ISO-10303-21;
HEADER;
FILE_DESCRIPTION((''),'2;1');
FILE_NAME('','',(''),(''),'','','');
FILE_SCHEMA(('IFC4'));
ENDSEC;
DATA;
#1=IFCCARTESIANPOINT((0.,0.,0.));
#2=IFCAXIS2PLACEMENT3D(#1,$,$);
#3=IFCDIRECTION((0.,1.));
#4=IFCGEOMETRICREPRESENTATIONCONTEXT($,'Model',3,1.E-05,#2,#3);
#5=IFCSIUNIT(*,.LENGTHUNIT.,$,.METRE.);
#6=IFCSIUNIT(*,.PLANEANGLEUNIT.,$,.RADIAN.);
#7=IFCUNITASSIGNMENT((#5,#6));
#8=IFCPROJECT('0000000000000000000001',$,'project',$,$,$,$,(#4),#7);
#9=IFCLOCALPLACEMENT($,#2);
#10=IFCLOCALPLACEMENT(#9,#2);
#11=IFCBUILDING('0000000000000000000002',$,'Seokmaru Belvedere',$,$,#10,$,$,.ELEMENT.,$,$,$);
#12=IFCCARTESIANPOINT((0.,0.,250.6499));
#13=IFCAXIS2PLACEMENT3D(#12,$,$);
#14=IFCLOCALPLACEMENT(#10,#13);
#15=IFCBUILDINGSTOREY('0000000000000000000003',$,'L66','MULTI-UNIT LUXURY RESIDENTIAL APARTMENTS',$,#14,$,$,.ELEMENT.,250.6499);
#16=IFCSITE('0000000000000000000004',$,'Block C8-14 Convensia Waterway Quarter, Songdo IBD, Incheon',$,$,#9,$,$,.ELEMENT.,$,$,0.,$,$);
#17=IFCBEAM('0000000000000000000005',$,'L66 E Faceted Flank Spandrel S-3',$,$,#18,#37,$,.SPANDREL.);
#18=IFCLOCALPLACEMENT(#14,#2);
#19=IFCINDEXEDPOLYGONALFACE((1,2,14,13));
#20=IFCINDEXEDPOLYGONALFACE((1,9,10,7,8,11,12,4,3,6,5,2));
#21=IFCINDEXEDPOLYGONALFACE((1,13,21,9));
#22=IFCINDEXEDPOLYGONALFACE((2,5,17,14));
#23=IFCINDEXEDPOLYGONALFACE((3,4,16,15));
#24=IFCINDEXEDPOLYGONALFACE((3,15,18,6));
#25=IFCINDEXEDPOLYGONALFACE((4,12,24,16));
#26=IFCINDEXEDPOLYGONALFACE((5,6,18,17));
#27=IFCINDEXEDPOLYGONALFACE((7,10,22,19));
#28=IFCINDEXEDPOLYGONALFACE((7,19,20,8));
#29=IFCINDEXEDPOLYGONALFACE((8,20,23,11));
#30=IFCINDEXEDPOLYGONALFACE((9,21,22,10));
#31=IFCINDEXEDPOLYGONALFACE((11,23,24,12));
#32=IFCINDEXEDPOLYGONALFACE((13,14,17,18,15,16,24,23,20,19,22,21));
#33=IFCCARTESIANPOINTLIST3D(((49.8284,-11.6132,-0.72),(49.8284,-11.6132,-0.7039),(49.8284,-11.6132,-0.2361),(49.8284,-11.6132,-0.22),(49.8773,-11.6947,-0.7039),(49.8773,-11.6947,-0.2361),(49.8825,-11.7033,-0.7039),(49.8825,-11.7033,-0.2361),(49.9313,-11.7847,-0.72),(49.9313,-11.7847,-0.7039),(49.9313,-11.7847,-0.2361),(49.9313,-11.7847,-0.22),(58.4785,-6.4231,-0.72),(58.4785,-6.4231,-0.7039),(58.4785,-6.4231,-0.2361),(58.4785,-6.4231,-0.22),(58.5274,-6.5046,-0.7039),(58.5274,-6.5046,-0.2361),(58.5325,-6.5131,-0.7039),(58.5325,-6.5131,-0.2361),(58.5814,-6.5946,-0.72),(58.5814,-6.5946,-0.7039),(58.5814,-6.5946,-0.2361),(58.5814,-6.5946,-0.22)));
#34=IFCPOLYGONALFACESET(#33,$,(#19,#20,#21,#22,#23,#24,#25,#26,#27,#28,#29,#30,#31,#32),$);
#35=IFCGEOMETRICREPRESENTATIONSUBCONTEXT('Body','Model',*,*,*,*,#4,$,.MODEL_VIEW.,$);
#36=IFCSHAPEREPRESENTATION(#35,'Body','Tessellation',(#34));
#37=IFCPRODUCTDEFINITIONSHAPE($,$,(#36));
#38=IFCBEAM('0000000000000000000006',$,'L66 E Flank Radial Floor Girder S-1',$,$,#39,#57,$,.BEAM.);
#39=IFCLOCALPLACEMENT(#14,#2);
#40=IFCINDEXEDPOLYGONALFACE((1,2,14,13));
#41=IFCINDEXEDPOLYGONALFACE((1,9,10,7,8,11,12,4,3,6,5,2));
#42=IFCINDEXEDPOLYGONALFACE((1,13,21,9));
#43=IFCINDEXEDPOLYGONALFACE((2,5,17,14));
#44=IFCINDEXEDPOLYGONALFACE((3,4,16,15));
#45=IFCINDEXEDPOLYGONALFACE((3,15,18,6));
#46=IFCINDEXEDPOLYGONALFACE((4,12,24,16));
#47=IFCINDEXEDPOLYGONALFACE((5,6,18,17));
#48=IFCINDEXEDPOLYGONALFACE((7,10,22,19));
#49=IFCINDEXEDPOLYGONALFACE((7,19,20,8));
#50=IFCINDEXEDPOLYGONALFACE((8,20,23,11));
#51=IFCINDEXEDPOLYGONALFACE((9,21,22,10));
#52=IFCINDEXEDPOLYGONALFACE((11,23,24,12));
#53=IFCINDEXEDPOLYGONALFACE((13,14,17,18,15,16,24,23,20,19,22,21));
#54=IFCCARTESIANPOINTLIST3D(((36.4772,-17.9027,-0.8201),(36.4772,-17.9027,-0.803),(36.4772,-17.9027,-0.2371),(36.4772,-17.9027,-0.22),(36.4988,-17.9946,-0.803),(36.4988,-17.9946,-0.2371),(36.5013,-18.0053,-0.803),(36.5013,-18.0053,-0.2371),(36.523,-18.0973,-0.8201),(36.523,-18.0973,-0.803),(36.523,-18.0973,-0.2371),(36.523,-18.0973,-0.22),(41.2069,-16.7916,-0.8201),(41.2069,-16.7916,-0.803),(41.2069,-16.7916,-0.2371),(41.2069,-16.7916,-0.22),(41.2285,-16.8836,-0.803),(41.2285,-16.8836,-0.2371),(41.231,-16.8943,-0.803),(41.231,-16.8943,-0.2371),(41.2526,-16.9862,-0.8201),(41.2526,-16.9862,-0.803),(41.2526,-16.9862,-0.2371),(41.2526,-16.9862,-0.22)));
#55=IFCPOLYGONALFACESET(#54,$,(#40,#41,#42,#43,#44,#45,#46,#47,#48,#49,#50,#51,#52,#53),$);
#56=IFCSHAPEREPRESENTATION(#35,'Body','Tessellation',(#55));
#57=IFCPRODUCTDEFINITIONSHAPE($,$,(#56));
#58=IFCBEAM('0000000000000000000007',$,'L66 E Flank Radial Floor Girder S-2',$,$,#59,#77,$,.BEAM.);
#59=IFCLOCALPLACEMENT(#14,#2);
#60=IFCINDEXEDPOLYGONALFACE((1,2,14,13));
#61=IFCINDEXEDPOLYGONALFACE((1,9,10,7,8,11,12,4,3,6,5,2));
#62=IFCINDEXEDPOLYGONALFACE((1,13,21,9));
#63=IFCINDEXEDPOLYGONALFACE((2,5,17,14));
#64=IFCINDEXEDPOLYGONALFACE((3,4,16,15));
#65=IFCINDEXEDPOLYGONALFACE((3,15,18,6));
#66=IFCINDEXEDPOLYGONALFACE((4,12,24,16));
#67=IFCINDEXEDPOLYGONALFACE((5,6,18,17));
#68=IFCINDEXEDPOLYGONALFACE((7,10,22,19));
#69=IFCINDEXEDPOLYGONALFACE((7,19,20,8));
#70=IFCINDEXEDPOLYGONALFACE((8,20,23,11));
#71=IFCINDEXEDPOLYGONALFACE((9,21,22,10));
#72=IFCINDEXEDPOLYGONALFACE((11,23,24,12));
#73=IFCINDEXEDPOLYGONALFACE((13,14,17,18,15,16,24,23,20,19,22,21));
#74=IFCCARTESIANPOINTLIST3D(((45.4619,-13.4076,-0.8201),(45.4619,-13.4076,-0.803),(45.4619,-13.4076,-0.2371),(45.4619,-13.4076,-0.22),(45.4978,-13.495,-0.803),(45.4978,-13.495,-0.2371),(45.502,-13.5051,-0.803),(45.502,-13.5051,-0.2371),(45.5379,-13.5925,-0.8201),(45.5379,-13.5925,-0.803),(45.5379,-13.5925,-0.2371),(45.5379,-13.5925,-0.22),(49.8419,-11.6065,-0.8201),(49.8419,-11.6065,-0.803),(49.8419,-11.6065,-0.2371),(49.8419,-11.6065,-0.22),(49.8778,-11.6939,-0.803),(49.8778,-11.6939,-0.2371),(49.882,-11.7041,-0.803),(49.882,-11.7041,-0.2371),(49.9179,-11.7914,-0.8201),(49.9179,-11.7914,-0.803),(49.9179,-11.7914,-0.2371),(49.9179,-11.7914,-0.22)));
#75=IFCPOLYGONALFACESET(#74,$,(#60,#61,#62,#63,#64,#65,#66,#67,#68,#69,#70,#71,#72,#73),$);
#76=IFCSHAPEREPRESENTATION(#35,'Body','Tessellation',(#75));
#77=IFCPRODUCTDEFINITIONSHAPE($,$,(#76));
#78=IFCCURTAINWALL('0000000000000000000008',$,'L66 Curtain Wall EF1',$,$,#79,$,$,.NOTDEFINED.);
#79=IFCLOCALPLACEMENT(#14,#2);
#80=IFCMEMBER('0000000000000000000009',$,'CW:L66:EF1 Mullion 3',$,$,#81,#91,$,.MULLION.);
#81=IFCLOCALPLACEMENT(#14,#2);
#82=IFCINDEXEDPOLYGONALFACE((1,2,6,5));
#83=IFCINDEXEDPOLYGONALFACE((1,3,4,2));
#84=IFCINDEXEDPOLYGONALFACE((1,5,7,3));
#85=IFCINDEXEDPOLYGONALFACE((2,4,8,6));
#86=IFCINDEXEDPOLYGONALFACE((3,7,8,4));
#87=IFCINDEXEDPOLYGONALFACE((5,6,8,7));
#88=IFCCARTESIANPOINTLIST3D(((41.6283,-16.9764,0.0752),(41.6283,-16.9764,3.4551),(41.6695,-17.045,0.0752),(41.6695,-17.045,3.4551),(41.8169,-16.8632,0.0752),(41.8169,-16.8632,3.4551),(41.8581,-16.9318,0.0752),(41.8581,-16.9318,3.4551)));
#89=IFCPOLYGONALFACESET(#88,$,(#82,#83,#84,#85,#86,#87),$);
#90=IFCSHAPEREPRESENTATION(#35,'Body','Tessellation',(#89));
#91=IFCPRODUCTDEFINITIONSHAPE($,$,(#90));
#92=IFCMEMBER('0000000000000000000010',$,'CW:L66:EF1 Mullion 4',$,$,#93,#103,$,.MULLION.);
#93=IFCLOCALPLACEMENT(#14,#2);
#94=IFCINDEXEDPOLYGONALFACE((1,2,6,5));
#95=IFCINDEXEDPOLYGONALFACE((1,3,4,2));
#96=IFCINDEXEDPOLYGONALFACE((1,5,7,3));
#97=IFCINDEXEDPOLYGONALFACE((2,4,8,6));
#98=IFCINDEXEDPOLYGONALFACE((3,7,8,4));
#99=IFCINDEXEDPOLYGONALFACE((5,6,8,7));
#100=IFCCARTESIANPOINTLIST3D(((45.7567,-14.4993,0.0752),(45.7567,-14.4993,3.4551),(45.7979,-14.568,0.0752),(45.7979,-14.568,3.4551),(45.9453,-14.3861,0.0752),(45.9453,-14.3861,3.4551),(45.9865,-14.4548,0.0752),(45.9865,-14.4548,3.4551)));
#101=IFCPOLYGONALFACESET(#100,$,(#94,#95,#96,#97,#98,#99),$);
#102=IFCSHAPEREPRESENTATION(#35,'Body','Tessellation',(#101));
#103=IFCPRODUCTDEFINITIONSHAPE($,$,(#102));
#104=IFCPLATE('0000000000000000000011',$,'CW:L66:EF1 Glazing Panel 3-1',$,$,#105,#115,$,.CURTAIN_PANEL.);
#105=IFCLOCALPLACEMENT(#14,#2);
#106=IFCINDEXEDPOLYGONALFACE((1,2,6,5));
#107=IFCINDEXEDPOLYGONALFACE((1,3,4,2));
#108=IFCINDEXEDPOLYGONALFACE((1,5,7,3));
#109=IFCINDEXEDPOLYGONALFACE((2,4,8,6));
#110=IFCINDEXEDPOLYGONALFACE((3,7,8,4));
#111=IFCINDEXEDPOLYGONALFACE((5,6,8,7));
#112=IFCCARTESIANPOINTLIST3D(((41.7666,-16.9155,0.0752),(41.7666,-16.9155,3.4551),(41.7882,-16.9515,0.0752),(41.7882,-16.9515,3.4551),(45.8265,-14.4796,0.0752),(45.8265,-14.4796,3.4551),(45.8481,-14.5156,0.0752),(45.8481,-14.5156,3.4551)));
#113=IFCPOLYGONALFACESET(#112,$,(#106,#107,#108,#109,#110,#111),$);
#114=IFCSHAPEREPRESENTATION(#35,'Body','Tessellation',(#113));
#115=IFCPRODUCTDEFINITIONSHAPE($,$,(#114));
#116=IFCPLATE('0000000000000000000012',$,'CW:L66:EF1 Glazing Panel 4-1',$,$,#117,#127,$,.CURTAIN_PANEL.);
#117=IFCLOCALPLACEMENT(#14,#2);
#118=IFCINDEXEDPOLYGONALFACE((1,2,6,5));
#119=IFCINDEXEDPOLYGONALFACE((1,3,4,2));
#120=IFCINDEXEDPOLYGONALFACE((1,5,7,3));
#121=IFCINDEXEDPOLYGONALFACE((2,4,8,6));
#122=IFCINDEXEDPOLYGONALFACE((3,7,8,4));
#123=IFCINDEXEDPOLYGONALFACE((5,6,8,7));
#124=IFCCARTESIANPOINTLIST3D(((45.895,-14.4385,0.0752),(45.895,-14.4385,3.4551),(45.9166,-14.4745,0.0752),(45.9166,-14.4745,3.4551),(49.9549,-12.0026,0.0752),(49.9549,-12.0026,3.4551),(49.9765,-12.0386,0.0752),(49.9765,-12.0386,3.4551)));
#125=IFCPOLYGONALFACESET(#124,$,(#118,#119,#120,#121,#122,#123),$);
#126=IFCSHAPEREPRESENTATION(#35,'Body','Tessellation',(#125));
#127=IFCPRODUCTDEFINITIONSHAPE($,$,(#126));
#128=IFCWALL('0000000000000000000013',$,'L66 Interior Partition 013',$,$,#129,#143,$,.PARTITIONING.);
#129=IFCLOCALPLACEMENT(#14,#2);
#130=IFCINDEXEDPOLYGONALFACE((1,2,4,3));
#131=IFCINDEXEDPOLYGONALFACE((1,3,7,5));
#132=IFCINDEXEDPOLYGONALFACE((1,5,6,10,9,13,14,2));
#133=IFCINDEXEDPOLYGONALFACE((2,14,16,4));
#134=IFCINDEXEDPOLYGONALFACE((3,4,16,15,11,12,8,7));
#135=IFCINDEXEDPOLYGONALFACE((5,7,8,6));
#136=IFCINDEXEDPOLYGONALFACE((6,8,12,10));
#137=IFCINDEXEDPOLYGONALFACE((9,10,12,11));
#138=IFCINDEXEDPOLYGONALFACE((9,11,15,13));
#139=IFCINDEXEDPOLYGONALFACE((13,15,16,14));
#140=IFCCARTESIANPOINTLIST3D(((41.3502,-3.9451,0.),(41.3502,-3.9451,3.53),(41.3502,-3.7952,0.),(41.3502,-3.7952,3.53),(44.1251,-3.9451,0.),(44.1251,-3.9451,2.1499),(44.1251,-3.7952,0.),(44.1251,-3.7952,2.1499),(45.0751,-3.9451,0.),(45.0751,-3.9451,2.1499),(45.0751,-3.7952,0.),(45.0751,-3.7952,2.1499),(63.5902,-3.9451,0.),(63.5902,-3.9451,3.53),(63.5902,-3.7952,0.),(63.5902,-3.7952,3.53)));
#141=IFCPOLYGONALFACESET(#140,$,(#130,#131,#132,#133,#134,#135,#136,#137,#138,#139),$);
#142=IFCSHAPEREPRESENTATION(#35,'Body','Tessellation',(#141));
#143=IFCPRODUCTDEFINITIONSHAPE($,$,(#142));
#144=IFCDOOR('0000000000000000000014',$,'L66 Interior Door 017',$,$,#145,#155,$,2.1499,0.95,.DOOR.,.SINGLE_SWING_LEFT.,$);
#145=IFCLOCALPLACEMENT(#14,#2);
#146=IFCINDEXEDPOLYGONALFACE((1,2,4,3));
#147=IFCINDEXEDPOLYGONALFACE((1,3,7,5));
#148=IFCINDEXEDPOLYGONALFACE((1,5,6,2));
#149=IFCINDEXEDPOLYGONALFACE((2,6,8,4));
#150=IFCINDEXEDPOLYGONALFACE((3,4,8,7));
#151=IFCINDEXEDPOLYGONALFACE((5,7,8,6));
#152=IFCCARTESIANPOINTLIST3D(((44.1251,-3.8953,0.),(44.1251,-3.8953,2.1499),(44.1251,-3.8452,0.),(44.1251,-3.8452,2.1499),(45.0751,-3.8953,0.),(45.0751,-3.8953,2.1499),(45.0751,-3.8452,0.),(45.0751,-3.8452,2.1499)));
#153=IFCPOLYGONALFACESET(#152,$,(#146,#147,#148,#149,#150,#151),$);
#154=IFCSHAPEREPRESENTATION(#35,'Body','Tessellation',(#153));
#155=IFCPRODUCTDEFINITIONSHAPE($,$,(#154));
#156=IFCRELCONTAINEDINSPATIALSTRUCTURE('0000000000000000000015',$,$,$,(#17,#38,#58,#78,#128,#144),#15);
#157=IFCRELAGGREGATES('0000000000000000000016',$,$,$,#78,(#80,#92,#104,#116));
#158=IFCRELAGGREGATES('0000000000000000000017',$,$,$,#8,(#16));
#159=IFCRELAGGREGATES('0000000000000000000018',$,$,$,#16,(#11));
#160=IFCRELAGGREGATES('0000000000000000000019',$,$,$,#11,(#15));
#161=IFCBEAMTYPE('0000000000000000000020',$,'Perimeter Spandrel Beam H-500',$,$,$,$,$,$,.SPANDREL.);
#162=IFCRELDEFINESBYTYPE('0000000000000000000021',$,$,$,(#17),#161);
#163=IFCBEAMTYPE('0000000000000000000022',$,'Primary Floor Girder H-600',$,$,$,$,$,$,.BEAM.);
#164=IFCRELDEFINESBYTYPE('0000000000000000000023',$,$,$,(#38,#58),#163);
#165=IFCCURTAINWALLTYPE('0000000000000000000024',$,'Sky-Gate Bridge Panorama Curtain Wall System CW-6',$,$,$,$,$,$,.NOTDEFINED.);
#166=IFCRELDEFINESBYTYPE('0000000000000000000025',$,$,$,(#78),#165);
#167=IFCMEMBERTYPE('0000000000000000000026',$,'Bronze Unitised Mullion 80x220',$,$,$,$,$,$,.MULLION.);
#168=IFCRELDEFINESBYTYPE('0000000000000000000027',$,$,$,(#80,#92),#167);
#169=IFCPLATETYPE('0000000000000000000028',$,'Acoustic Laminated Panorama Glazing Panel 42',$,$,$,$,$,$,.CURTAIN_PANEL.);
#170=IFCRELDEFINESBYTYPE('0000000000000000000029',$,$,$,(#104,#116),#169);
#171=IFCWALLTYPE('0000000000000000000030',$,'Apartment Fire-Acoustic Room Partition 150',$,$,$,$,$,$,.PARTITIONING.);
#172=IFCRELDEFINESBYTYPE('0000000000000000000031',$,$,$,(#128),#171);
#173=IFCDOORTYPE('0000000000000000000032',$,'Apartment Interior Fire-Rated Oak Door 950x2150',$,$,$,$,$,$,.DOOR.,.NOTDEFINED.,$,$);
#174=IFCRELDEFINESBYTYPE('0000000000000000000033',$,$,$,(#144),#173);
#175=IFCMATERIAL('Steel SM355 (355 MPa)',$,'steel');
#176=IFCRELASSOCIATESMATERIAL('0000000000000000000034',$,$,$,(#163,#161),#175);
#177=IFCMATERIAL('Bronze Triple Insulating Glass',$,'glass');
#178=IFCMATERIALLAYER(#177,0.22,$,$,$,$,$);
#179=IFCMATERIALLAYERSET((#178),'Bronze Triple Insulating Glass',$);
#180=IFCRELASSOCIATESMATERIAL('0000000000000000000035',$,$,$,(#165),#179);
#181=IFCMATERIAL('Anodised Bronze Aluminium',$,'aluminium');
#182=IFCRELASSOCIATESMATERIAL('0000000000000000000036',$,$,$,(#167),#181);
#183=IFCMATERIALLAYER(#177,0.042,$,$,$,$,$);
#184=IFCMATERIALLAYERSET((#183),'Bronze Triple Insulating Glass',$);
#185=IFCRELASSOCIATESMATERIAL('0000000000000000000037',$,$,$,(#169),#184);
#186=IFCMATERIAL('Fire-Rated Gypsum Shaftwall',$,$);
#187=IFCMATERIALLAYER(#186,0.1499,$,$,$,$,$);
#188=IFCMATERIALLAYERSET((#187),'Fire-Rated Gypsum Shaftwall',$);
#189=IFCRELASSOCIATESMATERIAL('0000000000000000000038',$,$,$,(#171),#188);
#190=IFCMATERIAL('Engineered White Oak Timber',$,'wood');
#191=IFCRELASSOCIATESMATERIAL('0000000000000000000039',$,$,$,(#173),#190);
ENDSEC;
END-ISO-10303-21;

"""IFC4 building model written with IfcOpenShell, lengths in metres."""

from ifc_helpers import new_model, si_unit, direction, frame, frame_2d, origin, origin_2d, place, context, subcontext, project, spatial, rectangle, i_section, extrude, source, transform, mapped, material, layer, layer_set, material_profile, profile_set, type_object, type_shapes, element, fill, aggregate, save


model = new_model("IFC4")

# Units and contexts
model_context = context("Model", 3, precision=1e-05, world=origin(), true_north=direction((0.0, 1.0)))
body_context = subcontext(model_context, "Body", "Model", "MODEL_VIEW")
ifc_project = project(units=[si_unit("LENGTHUNIT", "METRE"), si_unit("PLANEANGLEUNIT", "RADIAN")], contexts=[model_context])

# Site, building, storey
site_placement = place(None, origin())
site = spatial("IfcSite", under=ifc_project, at=site_placement, Name="Block C8-14 Convensia Waterway Quarter, Songdo IBD, Incheon", CompositionType="ELEMENT", RefElevation=0.0)
building_placement = place(site_placement, origin())
building = spatial("IfcBuilding", under=site, at=building_placement, Name="Seokmaru Belvedere", CompositionType="ELEMENT")
storey_placement = place(building_placement, frame((0.0, 0.0, 250.6499)))
storey = spatial("IfcBuildingStorey", under=building, at=storey_placement, Name="L66", Description="MULTI-UNIT LUXURY RESIDENTIAL APARTMENTS", CompositionType="ELEMENT", Elevation=250.6499)

# Shared definitions
ifc_material_1 = material(Name="Steel SM355 (355 MPa)", Category="steel")

# Beams
ifc_material_profile_1 = material_profile(ifc_material_1, i_section(OverallWidth=0.2, OverallDepth=0.6001, WebThickness=0.011, FlangeThickness=0.0171, at=origin_2d()), Name="H-600x200x11x17")
ifc_profile_set_1 = profile_set([ifc_material_profile_1], Name="Steel SM355 (355 MPa)")
beam_type_1 = type_object("IfcBeamType", Name="Primary Floor Girder H-600", PredefinedType="BEAM", material=ifc_profile_set_1)
ifc_material_profile_2 = material_profile(ifc_material_1, i_section(OverallWidth=0.2, OverallDepth=0.5, WebThickness=0.01, FlangeThickness=0.0161, at=origin_2d()), Name="H-500x200x10x16")
ifc_profile_set_2 = profile_set([ifc_material_profile_2], Name="Steel SM355 (355 MPa)")
beam_type_2 = type_object("IfcBeamType", Name="Perimeter Spandrel Beam H-500", PredefinedType="SPANDREL", material=ifc_profile_set_2)
shared_shape_1 = source(origin(), body_context, "Body", "SweptSolid", [
    extrude(i_section(OverallWidth=0.2, OverallDepth=0.5, WebThickness=0.01, FlangeThickness=0.0161, at=origin_2d()), origin(), (0.0, 0.0, 1.0), 10.0876),
])
type_shapes(beam_type_2, [shared_shape_1])
for number, where, z_axis, x_axis, name in (
    (1, (49.8799, -11.699, -0.47), (0.857489, 0.514503, 0.0), (-0.514503, 0.857489, 0.0), "L66 E Faceted Flank Spandrel S-3"),
):
    element("IfcBeam", number, at=place(storey_placement, frame(where, z_axis=z_axis, x_axis=x_axis)), inside=storey, type_object=beam_type_2, Name=name, PredefinedType="SPANDREL", context=body_context, shape_type="MappedRepresentation", body=[
        mapped(shared_shape_1, transform((0.0, 0.0, 0.0), scale=1.0)),
    ])
shared_shape_2 = source(origin(), body_context, "Body", "SweptSolid", [
    extrude(i_section(OverallWidth=0.2, OverallDepth=0.6001, WebThickness=0.011, FlangeThickness=0.0171, at=origin_2d()), origin(), (0.0, 0.0, 1.0), 4.8584),
])
beam_1_placement = place(storey_placement, frame((41.2297, -16.8889, -0.52), z_axis=(-0.973499, -0.228689, 0.0), x_axis=(0.228689, -0.973499, 0.0)))
element("IfcBeam", 2, at=beam_1_placement, inside=storey, type_object=beam_type_1, Name="L66 E Flank Radial Floor Girder S-1", PredefinedType="BEAM", context=body_context, shape_type="MappedRepresentation", body=[
    mapped(shared_shape_2, transform((0.0, 0.0, 0.0), scale=1.0)),
])
shared_shape_3 = source(origin(), body_context, "Body", "SweptSolid", [
    extrude(i_section(OverallWidth=0.2, OverallDepth=0.6001, WebThickness=0.011, FlangeThickness=0.0171, at=origin_2d()), origin(), (0.0, 0.0, 1.0), 4.7358),
])
beam_2_placement = place(storey_placement, frame((49.8799, -11.699, -0.52), z_axis=(-0.924861, -0.380306, 0.0), x_axis=(0.380306, -0.924861, 0.0)))
element("IfcBeam", 3, at=beam_2_placement, inside=storey, type_object=beam_type_1, Name="L66 E Flank Radial Floor Girder S-2", PredefinedType="BEAM", context=body_context, shape_type="MappedRepresentation", body=[
    mapped(shared_shape_3, transform((0.0, 0.0, 0.0), scale=1.0)),
])

# Curtain wall, members, plates
ifc_material_2 = material(Name="Bronze Triple Insulating Glass", Category="glass")
ifc_layer_1 = layer(ifc_material_2, 0.22)
ifc_layer_set_1 = layer_set([ifc_layer_1], Name="Bronze Triple Insulating Glass")
curtain_wall_type = type_object("IfcCurtainWallType", Name="Sky-Gate Bridge Panorama Curtain Wall System CW-6", PredefinedType="NOTDEFINED", material=ifc_layer_set_1)
curtain_wall_placement = place(storey_placement, origin())
curtain_wall = element("IfcCurtainWall", 4, at=curtain_wall_placement, inside=storey, type_object=curtain_wall_type, Name="L66 Curtain Wall EF1", PredefinedType="NOTDEFINED")
ifc_material_3 = material(Name="Anodised Bronze Aluminium", Category="aluminium")
ifc_material_profile_3 = material_profile(ifc_material_3, rectangle(XDim=0.0801, YDim=0.22, at=origin_2d()), Name="CW-M-80x220")
ifc_profile_set_3 = profile_set([ifc_material_profile_3], Name="Anodised Bronze Aluminium")
member_type = type_object("IfcMemberType", Name="Bronze Unitised Mullion 80x220", PredefinedType="MULLION", material=ifc_profile_set_3)
shared_shape_4 = source(origin(), body_context, "Body", "SweptSolid", [
    extrude(rectangle(XDim=0.0801, YDim=0.22, at=origin_2d()), origin(), (0.0, 0.0, 1.0), 3.3799),
])
type_shapes(member_type, [shared_shape_4])
member_1_placement = place(storey_placement, frame((41.7432, -16.9541, 0.0752), z_axis=(0.0, 0.0, 1.0), x_axis=(-0.514495, 0.857493, 0.0)))
member_1 = element("IfcMember", 5, at=member_1_placement, type_object=member_type, Name="CW:L66:EF1 Mullion 3", PredefinedType="MULLION", context=body_context, shape_type="MappedRepresentation", body=[
    mapped(shared_shape_4, transform((0.0, 0.0, 0.0), scale=1.0)),
])
member_2_placement = place(storey_placement, frame((45.8716, -14.4771, 0.0752), z_axis=(0.0, 0.0, 1.0), x_axis=(-0.514495, 0.857493, 0.0)))
member_2 = element("IfcMember", 6, at=member_2_placement, type_object=member_type, Name="CW:L66:EF1 Mullion 4", PredefinedType="MULLION", context=body_context, shape_type="MappedRepresentation", body=[
    mapped(shared_shape_4, transform((0.0, 0.0, 0.0), scale=1.0)),
])
ifc_layer_2 = layer(ifc_material_2, 0.042)
ifc_layer_set_2 = layer_set([ifc_layer_2], Name="Bronze Triple Insulating Glass")
plate_type = type_object("IfcPlateType", Name="Acoustic Laminated Panorama Glazing Panel 42", PredefinedType="CURTAIN_PANEL", material=ifc_layer_set_2)
shared_shape_5 = source(origin(), body_context, "Body", "SweptSolid", [
    extrude(rectangle(XDim=4.7346, YDim=0.042, at=origin_2d()), origin(), (0.0, 0.0, 1.0), 3.3799),
])
type_shapes(plate_type, [shared_shape_5])
plate_1_placement = place(storey_placement, frame((43.8074, -15.7156, 0.0752), z_axis=(0.0, 0.0, 1.0), x_axis=(0.857493, 0.514495, 0.0)))
plate_1 = element("IfcPlate", 7, at=plate_1_placement, type_object=plate_type, Name="CW:L66:EF1 Glazing Panel 3-1", PredefinedType="CURTAIN_PANEL", context=body_context, shape_type="MappedRepresentation", body=[
    mapped(shared_shape_5, transform((0.0, 0.0, 0.0), scale=1.0)),
])
plate_2_placement = place(storey_placement, frame((47.9358, -13.2385, 0.0752), z_axis=(0.0, 0.0, 1.0), x_axis=(0.857493, 0.514495, 0.0)))
plate_2 = element("IfcPlate", 8, at=plate_2_placement, type_object=plate_type, Name="CW:L66:EF1 Glazing Panel 4-1", PredefinedType="CURTAIN_PANEL", context=body_context, shape_type="MappedRepresentation", body=[
    mapped(shared_shape_5, transform((0.0, 0.0, 0.0), scale=1.0)),
])
aggregate(curtain_wall, [member_1, member_2, plate_1, plate_2])

# Wall, opening, door
ifc_material_4 = material(Name="Fire-Rated Gypsum Shaftwall")
ifc_layer_3 = layer(ifc_material_4, 0.1499)
ifc_layer_set_3 = layer_set([ifc_layer_3], Name="Fire-Rated Gypsum Shaftwall")
wall_type_1 = type_object("IfcWallType", Name="Apartment Fire-Acoustic Room Partition 150", PredefinedType="PARTITIONING", material=ifc_layer_set_3)
wall_1_placement = place(storey_placement, frame((41.3501, -3.8701, 0.0), z_axis=(0.0, 0.0, 1.0), x_axis=(1.0, 0.0, 0.0)))
wall_1 = element("IfcWall", 9, at=wall_1_placement, inside=storey, type_object=wall_type_1, Name="L66 Interior Partition 013", PredefinedType="PARTITIONING", context=body_context, shape_type="SweptSolid", body=[
    extrude(rectangle(XDim=22.24, YDim=0.1499, at=frame_2d((11.1201, 0.0))), origin(), (0.0, 0.0, 1.0), 3.53),
])
opening_1_placement = place(wall_1_placement, frame((2.7749, 0.0, 0.0)))
opening_1 = element("IfcOpeningElement", 10, at=opening_1_placement, cuts=wall_1, PredefinedType="OPENING", context=body_context, shape_type="SweptSolid", body=[
    extrude(rectangle(XDim=0.95, YDim=2.1499, at=frame_2d((0.4751, 1.075))), frame((0.0, 0.085, 0.0), z_axis=(0.0, -1.0, 0.0), x_axis=(1.0, 0.0, 0.0)), (0.0, 0.0, 1.0), 0.1699),
])
ifc_material_5 = material(Name="Engineered White Oak Timber", Category="wood")
door_type = type_object("IfcDoorType", Name="Apartment Interior Fire-Rated Oak Door 950x2150", OperationType="NOTDEFINED", PredefinedType="DOOR", material=ifc_material_5)
shared_shape_6 = source(origin(), body_context, "Body", "SweptSolid", [
    extrude(rectangle(XDim=0.95, YDim=2.1499, at=frame_2d((0.4751, 1.075))), frame((0.0, 0.0249, 0.0), z_axis=(0.0, -1.0, 0.0), x_axis=(1.0, 0.0, 0.0)), (0.0, 0.0, 1.0), 0.05),
])
type_shapes(door_type, [shared_shape_6])
door_1_placement = place(opening_1_placement, origin())
door_1 = element("IfcDoor", 11, at=door_1_placement, inside=storey, type_object=door_type, Name="L66 Interior Door 017", OperationType="SINGLE_SWING_LEFT", OverallHeight=2.1499, OverallWidth=0.95, PredefinedType="DOOR", context=body_context, shape_type="MappedRepresentation", body=[
    mapped(shared_shape_6, transform((0.0, 0.0, 0.0), scale=1.0)),
])
fill(opening_1, door_1)

save(model, "model.ifc")
